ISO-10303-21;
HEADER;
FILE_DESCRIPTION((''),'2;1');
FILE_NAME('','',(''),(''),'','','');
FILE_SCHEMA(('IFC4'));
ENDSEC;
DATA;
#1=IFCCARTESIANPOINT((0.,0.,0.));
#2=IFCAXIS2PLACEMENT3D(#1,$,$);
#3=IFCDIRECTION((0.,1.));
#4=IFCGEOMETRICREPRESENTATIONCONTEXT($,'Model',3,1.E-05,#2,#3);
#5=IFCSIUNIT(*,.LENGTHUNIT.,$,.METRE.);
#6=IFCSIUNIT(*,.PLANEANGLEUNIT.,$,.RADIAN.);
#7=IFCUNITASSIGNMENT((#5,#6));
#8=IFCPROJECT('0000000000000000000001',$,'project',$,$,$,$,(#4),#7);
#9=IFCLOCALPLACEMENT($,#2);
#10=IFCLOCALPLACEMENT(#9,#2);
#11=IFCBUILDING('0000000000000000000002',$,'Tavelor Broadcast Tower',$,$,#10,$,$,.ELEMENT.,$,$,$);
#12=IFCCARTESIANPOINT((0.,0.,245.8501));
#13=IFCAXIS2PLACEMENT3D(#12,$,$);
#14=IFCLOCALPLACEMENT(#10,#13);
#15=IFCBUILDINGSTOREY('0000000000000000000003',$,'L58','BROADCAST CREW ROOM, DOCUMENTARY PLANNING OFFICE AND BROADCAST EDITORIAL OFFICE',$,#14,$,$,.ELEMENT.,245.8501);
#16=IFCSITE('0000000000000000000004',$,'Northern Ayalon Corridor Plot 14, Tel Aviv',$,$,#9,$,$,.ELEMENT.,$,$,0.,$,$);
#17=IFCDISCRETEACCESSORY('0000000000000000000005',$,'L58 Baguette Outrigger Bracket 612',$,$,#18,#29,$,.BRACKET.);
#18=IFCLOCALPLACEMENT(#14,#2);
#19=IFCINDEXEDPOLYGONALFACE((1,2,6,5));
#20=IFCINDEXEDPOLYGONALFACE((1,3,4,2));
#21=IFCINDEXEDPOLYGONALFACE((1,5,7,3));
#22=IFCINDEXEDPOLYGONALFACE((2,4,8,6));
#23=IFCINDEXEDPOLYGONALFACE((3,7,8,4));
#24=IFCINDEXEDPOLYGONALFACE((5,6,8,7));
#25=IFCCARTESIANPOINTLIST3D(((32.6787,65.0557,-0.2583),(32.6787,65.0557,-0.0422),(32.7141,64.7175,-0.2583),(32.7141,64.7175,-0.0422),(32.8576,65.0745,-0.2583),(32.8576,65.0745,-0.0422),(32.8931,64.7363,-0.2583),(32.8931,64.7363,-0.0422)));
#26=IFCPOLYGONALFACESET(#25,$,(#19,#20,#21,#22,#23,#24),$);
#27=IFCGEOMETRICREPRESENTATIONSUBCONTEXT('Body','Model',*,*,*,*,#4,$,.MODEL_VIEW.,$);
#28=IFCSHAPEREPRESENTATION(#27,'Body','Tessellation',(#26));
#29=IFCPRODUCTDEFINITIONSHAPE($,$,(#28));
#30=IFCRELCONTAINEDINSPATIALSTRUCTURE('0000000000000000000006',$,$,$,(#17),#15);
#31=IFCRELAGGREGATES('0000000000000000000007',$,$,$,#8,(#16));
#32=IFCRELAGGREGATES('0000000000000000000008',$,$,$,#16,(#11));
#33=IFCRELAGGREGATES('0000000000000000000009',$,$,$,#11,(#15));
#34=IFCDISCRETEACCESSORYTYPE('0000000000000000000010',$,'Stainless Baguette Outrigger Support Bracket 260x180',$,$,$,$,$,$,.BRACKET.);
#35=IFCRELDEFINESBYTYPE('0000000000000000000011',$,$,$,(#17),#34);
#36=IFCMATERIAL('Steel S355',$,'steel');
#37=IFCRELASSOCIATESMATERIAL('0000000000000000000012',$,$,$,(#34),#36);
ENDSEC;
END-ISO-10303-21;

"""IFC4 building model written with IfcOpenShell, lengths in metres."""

from ifc_helpers import new_model, si_unit, direction, frame, origin, origin_2d, place, context, subcontext, project, spatial, rectangle, extrude, source, transform, mapped, material, type_object, type_shapes, element, save


model = new_model("IFC4")

# Units and contexts
model_context = context("Model", 3, precision=1e-05, world=origin(), true_north=direction((0.0, 1.0)))
body_context = subcontext(model_context, "Body", "Model", "MODEL_VIEW")
ifc_project = project(units=[si_unit("LENGTHUNIT", "METRE"), si_unit("PLANEANGLEUNIT", "RADIAN")], contexts=[model_context])

# Site, building, storey
site_placement = place(None, origin())
site = spatial("IfcSite", under=ifc_project, at=site_placement, Name="Northern Ayalon Corridor Plot 14, Tel Aviv", CompositionType="ELEMENT", RefElevation=0.0)
building_placement = place(site_placement, origin())
building = spatial("IfcBuilding", under=site, at=building_placement, Name="Tavelor Broadcast Tower", CompositionType="ELEMENT")
storey_placement = place(building_placement, frame((0.0, 0.0, 245.8501)))
storey = spatial("IfcBuildingStorey", under=building, at=storey_placement, Name="L58", Description="BROADCAST CREW ROOM, DOCUMENTARY PLANNING OFFICE AND BROADCAST EDITORIAL OFFICE", CompositionType="ELEMENT", Elevation=245.8501)

# Shared definitions
ifc_material_1 = material(Name="Steel S355", Category="steel")

# Discrete accessory
discrete_accessory_type = type_object("IfcDiscreteAccessoryType", Name="Stainless Baguette Outrigger Support Bracket 260x180", PredefinedType="BRACKET", material=ifc_material_1)
shared_shape_1 = source(origin(), body_context, "Body", "SweptSolid", [
    extrude(rectangle(XDim=0.1799, YDim=0.3401, at=origin_2d()), origin(), (0.0, 0.0, 1.0), 0.2161),
])
type_shapes(discrete_accessory_type, [shared_shape_1])
discrete_accessory_placement = place(storey_placement, frame((32.7859, 64.896, -0.2583), z_axis=(0.0, 0.0, 1.0), x_axis=(-0.994558, -0.104181, 0.0)))
element("IfcDiscreteAccessory", 1, at=discrete_accessory_placement, inside=storey, type_object=discrete_accessory_type, Name="L58 Baguette Outrigger Bracket 612", PredefinedType="BRACKET", context=body_context, shape_type="MappedRepresentation", body=[
    mapped(shared_shape_1, transform((0.0, 0.0, 0.0), scale=1.0)),
])

save(model, "model.ifc")
